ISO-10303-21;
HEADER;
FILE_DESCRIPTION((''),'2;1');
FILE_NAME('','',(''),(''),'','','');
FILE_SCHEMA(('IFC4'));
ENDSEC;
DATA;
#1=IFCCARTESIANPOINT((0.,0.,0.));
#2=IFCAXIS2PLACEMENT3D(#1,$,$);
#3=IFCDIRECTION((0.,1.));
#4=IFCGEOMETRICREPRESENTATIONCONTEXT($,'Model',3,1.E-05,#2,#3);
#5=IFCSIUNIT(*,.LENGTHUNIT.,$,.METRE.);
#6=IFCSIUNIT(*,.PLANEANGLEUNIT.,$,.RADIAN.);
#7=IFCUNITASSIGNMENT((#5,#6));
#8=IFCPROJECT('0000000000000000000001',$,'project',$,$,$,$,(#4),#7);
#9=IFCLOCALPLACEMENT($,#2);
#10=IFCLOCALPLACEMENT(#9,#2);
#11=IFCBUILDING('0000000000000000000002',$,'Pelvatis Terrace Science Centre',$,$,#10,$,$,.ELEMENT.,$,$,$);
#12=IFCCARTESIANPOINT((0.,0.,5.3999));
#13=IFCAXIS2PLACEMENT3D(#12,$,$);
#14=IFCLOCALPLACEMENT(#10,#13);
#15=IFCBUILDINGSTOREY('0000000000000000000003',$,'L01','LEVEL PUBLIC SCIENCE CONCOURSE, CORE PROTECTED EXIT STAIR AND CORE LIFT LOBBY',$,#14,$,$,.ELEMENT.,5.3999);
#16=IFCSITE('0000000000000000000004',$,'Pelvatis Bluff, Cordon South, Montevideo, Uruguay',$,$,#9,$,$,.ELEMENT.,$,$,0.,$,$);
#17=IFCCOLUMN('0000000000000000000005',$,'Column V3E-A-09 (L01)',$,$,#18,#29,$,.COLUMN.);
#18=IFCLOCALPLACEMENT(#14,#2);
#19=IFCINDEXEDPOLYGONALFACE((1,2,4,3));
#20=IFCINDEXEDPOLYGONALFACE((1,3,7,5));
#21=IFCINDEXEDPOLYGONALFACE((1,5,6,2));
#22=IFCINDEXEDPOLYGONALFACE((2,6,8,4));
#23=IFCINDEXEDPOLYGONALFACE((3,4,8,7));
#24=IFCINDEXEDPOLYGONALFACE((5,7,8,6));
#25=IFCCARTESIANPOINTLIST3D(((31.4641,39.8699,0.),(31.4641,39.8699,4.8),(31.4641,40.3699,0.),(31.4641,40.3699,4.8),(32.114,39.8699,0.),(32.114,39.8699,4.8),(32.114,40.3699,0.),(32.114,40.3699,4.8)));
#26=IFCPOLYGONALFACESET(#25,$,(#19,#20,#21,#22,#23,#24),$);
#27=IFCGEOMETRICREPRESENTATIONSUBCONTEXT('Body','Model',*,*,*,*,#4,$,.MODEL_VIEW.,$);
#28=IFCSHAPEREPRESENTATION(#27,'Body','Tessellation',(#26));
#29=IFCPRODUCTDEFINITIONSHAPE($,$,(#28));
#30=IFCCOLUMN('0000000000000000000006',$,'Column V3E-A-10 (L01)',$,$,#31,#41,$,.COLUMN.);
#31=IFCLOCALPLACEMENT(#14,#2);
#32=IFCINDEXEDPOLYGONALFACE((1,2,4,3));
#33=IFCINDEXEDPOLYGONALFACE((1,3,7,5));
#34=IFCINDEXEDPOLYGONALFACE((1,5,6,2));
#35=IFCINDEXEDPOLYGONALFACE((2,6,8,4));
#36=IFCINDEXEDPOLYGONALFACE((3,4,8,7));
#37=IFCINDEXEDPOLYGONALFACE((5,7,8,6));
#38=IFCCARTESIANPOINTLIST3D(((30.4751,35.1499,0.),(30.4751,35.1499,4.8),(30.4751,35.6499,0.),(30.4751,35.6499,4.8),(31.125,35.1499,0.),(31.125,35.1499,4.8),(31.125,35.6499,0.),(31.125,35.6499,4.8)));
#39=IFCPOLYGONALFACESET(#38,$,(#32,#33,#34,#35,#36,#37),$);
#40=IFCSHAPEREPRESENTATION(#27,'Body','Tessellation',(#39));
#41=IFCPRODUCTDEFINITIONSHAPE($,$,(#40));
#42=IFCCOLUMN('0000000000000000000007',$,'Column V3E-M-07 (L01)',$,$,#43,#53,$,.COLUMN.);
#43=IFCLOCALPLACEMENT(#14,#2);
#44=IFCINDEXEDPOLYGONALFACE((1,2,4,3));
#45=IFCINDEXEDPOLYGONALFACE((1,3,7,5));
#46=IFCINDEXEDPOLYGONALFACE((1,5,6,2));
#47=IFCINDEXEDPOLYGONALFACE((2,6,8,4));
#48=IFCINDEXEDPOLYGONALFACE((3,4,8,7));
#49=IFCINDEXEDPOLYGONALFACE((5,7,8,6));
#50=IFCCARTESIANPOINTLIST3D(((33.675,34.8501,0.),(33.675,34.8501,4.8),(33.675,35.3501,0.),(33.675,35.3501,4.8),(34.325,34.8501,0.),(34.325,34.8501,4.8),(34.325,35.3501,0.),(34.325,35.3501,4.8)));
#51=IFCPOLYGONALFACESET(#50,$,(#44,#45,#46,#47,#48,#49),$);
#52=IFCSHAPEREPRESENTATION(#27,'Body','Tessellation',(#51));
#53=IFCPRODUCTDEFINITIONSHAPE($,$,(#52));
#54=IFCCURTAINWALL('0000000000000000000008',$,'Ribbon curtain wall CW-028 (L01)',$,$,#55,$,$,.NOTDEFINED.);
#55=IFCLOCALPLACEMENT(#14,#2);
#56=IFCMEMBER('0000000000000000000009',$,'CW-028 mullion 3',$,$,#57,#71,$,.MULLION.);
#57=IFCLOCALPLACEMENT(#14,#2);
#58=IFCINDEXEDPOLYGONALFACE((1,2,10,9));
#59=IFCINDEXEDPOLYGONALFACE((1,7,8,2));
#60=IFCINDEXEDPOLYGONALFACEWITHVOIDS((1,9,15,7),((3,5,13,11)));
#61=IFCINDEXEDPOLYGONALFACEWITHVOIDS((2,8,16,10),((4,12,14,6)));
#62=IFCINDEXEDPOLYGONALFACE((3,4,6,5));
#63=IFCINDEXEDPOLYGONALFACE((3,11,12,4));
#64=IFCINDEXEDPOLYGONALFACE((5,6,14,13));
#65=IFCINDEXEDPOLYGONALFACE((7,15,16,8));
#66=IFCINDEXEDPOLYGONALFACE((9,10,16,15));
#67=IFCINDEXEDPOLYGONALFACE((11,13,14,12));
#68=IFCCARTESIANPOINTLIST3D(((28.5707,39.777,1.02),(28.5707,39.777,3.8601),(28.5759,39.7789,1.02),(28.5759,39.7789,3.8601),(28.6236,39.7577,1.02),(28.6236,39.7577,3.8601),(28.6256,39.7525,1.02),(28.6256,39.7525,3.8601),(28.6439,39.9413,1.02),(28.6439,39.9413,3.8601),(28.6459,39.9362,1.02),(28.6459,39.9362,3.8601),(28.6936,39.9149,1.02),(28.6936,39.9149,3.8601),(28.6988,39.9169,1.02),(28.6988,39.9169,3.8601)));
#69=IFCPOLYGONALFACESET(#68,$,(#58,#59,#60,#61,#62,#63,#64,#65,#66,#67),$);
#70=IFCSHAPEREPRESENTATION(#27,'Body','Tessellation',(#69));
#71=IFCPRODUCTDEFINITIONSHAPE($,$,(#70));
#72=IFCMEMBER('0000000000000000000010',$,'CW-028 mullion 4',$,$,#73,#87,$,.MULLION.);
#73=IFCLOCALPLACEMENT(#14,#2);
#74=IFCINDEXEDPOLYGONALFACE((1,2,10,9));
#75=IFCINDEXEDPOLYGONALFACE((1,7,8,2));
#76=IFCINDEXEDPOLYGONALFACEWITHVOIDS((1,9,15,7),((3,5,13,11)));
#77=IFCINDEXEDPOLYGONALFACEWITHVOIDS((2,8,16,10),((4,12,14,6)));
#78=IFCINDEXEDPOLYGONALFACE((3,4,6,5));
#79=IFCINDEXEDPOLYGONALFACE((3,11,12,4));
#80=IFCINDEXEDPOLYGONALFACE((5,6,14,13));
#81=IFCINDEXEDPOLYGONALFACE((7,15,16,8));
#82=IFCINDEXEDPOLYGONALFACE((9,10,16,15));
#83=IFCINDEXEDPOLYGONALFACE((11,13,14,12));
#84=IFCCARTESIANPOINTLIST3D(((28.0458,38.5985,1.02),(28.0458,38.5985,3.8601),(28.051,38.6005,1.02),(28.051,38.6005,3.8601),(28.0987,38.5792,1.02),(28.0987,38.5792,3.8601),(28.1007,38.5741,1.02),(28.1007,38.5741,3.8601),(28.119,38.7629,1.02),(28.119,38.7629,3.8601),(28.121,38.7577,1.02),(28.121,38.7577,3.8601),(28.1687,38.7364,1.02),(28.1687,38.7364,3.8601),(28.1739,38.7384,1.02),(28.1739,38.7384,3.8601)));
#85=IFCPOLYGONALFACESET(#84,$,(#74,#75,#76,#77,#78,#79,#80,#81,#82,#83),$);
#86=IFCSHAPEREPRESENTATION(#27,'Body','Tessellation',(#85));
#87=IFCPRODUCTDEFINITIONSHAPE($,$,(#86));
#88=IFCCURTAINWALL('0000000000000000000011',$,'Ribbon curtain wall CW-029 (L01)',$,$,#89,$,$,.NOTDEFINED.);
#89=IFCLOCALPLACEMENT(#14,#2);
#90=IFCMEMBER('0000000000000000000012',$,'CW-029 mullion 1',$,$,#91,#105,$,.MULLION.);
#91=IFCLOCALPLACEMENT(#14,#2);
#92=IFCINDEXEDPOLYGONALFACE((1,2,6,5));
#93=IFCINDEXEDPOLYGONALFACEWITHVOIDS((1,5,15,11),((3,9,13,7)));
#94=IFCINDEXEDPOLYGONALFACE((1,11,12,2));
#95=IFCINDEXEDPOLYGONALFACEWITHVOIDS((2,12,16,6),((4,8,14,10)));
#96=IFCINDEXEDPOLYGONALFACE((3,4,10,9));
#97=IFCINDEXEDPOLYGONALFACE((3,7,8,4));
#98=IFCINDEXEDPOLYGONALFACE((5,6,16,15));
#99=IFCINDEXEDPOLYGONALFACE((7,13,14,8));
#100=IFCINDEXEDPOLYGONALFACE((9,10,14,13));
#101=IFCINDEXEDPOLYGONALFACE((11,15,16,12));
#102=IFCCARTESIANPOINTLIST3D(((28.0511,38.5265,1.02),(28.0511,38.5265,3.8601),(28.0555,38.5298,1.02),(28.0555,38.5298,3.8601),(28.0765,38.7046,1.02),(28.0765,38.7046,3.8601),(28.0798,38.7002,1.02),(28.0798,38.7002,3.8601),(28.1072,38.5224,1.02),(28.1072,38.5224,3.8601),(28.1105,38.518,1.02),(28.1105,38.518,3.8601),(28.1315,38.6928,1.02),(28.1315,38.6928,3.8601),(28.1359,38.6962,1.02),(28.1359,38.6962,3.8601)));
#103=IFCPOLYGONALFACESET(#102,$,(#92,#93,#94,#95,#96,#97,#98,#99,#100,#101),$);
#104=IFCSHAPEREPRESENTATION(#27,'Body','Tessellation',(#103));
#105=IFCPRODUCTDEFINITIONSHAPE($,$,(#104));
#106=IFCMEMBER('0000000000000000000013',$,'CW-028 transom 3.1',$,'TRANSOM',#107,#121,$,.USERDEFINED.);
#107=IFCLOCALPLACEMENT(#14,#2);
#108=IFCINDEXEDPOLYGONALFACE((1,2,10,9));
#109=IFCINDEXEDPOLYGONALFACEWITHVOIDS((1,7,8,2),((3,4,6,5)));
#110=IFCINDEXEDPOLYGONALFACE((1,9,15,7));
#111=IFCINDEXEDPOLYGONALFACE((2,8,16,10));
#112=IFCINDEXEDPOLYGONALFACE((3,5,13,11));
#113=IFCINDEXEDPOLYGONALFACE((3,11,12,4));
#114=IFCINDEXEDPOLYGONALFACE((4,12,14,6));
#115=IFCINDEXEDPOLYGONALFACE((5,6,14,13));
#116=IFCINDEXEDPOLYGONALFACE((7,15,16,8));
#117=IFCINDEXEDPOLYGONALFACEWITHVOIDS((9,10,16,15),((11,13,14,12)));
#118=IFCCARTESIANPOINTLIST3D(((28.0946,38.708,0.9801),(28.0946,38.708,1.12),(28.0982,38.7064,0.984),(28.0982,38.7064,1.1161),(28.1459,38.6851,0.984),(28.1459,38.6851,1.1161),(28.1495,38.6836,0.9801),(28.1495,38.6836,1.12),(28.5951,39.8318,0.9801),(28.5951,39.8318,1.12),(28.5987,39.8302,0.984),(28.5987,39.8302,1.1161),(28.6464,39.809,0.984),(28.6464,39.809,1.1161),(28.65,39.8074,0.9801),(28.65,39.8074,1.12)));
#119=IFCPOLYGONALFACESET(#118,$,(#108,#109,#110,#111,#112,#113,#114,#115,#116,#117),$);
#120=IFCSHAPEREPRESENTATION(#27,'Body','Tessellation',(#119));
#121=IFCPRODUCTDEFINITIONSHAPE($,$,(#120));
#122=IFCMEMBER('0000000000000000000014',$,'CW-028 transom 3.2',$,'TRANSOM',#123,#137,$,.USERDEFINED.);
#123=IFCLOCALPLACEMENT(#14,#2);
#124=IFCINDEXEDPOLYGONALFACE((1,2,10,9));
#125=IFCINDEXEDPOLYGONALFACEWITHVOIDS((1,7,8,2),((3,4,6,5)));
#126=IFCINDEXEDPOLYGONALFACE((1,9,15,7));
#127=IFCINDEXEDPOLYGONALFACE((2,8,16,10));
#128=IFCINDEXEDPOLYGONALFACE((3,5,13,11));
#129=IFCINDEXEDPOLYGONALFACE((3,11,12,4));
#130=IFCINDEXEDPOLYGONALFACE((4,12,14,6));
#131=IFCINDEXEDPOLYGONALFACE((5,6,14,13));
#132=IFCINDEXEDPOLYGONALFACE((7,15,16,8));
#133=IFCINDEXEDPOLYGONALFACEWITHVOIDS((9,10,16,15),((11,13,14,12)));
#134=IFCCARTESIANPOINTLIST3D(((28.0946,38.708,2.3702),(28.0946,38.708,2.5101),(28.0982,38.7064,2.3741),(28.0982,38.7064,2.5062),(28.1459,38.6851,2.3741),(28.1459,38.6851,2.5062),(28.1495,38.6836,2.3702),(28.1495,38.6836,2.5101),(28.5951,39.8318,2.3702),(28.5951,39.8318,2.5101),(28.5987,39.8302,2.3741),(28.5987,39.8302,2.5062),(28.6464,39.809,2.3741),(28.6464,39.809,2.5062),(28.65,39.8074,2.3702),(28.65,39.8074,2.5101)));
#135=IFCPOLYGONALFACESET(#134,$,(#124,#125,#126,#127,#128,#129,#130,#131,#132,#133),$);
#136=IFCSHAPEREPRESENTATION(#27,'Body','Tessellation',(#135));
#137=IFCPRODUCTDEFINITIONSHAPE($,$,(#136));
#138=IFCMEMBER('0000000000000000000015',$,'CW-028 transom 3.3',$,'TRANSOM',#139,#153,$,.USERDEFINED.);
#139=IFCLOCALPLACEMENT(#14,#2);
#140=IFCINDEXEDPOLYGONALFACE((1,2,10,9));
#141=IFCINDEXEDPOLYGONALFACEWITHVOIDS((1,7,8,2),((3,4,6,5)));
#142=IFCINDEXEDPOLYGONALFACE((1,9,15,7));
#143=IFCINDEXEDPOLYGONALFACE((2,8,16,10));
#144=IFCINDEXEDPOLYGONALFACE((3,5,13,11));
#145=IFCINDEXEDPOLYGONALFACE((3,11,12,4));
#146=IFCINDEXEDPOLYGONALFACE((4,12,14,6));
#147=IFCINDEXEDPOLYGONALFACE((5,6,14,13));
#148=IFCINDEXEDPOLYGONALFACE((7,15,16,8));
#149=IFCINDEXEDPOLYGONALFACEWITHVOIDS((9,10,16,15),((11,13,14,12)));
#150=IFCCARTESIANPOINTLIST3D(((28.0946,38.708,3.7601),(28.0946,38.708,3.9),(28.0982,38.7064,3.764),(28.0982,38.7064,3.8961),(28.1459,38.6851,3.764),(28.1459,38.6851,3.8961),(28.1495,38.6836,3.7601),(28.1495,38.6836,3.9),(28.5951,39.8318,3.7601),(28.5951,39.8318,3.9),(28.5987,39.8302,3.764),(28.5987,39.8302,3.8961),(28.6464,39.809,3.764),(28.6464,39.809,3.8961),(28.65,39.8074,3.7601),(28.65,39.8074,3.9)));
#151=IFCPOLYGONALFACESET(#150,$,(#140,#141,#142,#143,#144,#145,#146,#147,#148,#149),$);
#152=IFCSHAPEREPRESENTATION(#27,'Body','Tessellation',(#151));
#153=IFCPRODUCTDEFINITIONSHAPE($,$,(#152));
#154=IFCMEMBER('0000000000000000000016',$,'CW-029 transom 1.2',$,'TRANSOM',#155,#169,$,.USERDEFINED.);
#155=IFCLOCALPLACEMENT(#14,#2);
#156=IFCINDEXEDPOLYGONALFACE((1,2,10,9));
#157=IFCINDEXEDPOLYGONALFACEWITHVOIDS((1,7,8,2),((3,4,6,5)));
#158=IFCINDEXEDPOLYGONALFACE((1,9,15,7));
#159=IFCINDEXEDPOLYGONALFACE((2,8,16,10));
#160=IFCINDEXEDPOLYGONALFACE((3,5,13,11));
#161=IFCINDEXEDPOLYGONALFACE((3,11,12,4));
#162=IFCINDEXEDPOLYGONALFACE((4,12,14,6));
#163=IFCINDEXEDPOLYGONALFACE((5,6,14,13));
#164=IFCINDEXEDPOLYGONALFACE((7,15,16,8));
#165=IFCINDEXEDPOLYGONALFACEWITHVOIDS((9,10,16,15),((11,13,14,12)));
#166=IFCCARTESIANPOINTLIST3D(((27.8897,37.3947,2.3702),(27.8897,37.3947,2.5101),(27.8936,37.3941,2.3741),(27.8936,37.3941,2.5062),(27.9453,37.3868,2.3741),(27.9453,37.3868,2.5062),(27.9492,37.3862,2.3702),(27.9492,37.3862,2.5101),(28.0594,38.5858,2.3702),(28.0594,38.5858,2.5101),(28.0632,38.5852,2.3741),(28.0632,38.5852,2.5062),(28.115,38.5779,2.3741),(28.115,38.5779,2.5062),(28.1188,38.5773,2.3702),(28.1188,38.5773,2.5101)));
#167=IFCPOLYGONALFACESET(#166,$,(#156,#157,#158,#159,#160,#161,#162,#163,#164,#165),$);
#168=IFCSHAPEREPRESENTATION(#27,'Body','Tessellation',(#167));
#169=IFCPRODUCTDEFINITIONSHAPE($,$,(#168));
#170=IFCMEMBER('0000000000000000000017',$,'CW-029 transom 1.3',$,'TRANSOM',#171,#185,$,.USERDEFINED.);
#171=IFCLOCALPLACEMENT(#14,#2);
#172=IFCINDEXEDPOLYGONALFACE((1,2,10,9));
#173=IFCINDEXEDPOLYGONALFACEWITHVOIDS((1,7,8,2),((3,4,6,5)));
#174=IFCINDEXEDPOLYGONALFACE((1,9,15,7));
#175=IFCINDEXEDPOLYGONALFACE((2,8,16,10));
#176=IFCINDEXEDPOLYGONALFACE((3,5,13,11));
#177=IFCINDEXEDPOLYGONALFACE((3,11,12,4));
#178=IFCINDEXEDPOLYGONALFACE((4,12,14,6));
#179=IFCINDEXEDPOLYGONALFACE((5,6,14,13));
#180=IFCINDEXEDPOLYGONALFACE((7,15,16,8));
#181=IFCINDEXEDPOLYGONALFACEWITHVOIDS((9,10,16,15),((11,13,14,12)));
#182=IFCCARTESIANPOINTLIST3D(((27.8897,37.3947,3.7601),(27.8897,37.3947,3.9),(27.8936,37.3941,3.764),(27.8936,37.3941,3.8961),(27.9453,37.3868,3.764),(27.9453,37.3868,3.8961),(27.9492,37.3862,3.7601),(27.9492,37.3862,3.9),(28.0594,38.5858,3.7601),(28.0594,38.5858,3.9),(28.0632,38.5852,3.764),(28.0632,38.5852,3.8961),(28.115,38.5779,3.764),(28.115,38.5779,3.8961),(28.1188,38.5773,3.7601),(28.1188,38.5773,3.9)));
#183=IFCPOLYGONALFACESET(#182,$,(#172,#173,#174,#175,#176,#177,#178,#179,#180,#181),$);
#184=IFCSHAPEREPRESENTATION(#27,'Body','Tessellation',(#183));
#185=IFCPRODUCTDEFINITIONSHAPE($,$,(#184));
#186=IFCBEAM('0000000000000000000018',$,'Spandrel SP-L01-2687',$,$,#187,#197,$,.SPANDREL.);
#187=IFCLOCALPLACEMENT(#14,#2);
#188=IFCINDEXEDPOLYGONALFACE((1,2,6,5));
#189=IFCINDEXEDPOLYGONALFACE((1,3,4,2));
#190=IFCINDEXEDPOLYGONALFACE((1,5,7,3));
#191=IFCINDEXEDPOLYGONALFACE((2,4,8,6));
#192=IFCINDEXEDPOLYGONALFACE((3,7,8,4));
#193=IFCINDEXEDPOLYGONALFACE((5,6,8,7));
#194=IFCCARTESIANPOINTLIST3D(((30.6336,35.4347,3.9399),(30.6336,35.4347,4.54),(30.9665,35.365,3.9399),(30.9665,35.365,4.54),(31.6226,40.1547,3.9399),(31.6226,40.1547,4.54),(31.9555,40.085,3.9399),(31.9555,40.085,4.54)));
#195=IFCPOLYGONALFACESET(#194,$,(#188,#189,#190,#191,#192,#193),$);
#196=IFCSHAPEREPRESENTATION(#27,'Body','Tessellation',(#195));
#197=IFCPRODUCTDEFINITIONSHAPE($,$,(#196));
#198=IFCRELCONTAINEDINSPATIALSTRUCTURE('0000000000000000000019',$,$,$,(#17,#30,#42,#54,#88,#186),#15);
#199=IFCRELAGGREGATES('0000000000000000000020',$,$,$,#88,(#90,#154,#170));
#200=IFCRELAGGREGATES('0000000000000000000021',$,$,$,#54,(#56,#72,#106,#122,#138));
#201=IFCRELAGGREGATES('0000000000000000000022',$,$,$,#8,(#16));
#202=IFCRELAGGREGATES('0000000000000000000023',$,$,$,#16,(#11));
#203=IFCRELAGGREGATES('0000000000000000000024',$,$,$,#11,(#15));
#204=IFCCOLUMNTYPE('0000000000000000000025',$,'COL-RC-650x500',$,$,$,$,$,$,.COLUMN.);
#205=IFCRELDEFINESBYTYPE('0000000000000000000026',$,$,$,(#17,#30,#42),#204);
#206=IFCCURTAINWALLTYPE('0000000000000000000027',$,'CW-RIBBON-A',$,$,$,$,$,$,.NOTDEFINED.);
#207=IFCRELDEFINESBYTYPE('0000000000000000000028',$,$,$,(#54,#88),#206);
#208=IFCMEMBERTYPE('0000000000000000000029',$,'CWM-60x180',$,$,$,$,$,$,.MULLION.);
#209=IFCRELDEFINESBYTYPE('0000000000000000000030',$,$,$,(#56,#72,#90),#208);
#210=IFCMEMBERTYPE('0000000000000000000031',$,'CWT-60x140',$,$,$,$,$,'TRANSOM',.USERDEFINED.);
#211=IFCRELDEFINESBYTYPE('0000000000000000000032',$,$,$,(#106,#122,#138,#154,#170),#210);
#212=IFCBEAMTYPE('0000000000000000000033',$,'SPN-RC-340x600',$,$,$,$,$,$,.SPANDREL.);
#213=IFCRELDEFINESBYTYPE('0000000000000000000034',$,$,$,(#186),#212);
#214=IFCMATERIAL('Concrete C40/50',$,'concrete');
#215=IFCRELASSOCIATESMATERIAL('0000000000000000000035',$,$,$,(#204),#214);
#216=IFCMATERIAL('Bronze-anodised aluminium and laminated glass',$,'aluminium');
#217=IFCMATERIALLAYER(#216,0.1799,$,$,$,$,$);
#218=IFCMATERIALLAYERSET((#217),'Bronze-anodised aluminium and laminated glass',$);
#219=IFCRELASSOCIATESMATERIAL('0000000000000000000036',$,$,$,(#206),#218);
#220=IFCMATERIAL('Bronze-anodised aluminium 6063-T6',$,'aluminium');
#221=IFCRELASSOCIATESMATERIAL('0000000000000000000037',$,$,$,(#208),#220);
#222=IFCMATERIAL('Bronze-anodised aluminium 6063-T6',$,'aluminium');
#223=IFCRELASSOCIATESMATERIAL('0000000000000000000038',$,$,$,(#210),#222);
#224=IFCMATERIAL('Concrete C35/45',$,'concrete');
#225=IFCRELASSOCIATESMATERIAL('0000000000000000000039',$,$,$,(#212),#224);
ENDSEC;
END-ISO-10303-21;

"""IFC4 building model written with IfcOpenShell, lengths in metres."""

from ifc_helpers import new_model, si_unit, direction, frame, origin, origin_2d, place, context, subcontext, project, spatial, rectangle, hollow_rectangle, extrude, material, layer, layer_set, material_profile, profile_set, type_object, element, aggregate, save


model = new_model("IFC4")

# Units and contexts
model_context = context("Model", 3, precision=1e-05, world=origin(), true_north=direction((0.0, 1.0)))
body_context = subcontext(model_context, "Body", "Model", "MODEL_VIEW")
ifc_project = project(units=[si_unit("LENGTHUNIT", "METRE"), si_unit("PLANEANGLEUNIT", "RADIAN")], contexts=[model_context])

# Site, building, storey
site_placement = place(None, origin())
site = spatial("IfcSite", under=ifc_project, at=site_placement, Name="Pelvatis Bluff, Cordon South, Montevideo, Uruguay", CompositionType="ELEMENT", RefElevation=0.0)
building_placement = place(site_placement, origin())
building = spatial("IfcBuilding", under=site, at=building_placement, Name="Pelvatis Terrace Science Centre", CompositionType="ELEMENT")
storey_placement = place(building_placement, frame((0.0, 0.0, 5.3999)))
storey = spatial("IfcBuildingStorey", under=building, at=storey_placement, Name="L01", Description="LEVEL PUBLIC SCIENCE CONCOURSE, CORE PROTECTED EXIT STAIR AND CORE LIFT LOBBY", CompositionType="ELEMENT", Elevation=5.3999)

# Columns
ifc_material_1 = material(Name="Concrete C40/50", Category="concrete")
ifc_material_profile_1 = material_profile(ifc_material_1, rectangle(XDim=0.6499, YDim=0.5, at=origin_2d()), Name="RC-COL 650x500")
ifc_profile_set_1 = profile_set([ifc_material_profile_1], Name="Concrete C40/50")
column_type = type_object("IfcColumnType", Name="COL-RC-650x500", PredefinedType="COLUMN", material=ifc_profile_set_1)
for number, where, z_axis, x_axis, name in (
    (1, (31.7891, 40.1199, 0.0), (0.0, 0.0, 1.0), (1.0, 0.0, 0.0), "Column V3E-A-09 (L01)"),
    (2, (30.8, 35.3999, 0.0), (0.0, 0.0, 1.0), (1.0, 0.0, 0.0), "Column V3E-A-10 (L01)"),
    (3, (34.0, 35.1001, 0.0), (0.0, 0.0, 1.0), (1.0, 0.0, 0.0), "Column V3E-M-07 (L01)"),
):
    element("IfcColumn", number, at=place(storey_placement, frame(where, z_axis=z_axis, x_axis=x_axis)), inside=storey, type_object=column_type, Name=name, PredefinedType="COLUMN", context=body_context, shape_type="SweptSolid", body=[
        extrude(rectangle(XDim=0.6499, YDim=0.5, at=origin_2d()), origin(), (0.0, 0.0, 1.0), 4.8),
    ])

# Curtain wall, members
ifc_material_2 = material(Name="Bronze-anodised aluminium and laminated glass", Category="aluminium")
ifc_layer_1 = layer(ifc_material_2, 0.1799)
ifc_layer_set_1 = layer_set([ifc_layer_1], Name="Bronze-anodised aluminium and laminated glass")
curtain_wall_type = type_object("IfcCurtainWallType", Name="CW-RIBBON-A", PredefinedType="NOTDEFINED", material=ifc_layer_set_1)
curtain_wall_1_placement = place(storey_placement, origin())
curtain_wall_1 = element("IfcCurtainWall", 4, at=curtain_wall_1_placement, inside=storey, type_object=curtain_wall_type, Name="Ribbon curtain wall CW-028 (L01)", PredefinedType="NOTDEFINED")
ifc_material_3 = material(Name="Bronze-anodised aluminium 6063-T6", Category="aluminium")
ifc_material_profile_2 = material_profile(ifc_material_3, hollow_rectangle(XDim=0.0601, YDim=0.1799, WallThickness=0.0039, at=origin_2d()), Name="ALU-MUL 60x180")
ifc_profile_set_2 = profile_set([ifc_material_profile_2], Name="Bronze-anodised aluminium 6063-T6")
member_type_1 = type_object("IfcMemberType", Name="CWM-60x180", PredefinedType="MULLION", material=ifc_profile_set_2)
member_1_placement = place(storey_placement, frame((28.6348, 39.8469, 1.02), z_axis=(0.0, 0.0, 1.0), x_axis=(0.913475, -0.406895, 0.0)))
member_1 = element("IfcMember", 5, at=member_1_placement, type_object=member_type_1, Name="CW-028 mullion 3", PredefinedType="MULLION", context=body_context, shape_type="SweptSolid", body=[
    extrude(hollow_rectangle(XDim=0.0601, YDim=0.1799, WallThickness=0.0039, at=origin_2d()), origin(), (0.0, 0.0, 1.0), 2.8401),
])
member_2_placement = place(storey_placement, frame((28.1099, 38.6685, 1.02), z_axis=(0.0, 0.0, 1.0), x_axis=(0.913475, -0.406895, 0.0)))
member_2 = element("IfcMember", 6, at=member_2_placement, type_object=member_type_1, Name="CW-028 mullion 4", PredefinedType="MULLION", context=body_context, shape_type="SweptSolid", body=[
    extrude(hollow_rectangle(XDim=0.0601, YDim=0.1799, WallThickness=0.0039, at=origin_2d()), origin(), (0.0, 0.0, 1.0), 2.8401),
])

# Curtain wall, member
curtain_wall_2_placement = place(storey_placement, origin())
curtain_wall_2 = element("IfcCurtainWall", 7, at=curtain_wall_2_placement, inside=storey, type_object=curtain_wall_type, Name="Ribbon curtain wall CW-029 (L01)", PredefinedType="NOTDEFINED")
member_3_placement = place(storey_placement, frame((28.0935, 38.6113, 1.02), z_axis=(0.0, 0.0, 1.0), x_axis=(0.989986, -0.141165, 0.0)))
member_3 = element("IfcMember", 8, at=member_3_placement, type_object=member_type_1, Name="CW-029 mullion 1", PredefinedType="MULLION", context=body_context, shape_type="SweptSolid", body=[
    extrude(hollow_rectangle(XDim=0.0601, YDim=0.1799, WallThickness=0.0039, at=origin_2d()), origin(), (0.0, 0.0, 1.0), 2.8401),
])

# Members
ifc_material_4 = material(Name="Bronze-anodised aluminium 6063-T6", Category="aluminium")
ifc_material_profile_3 = material_profile(ifc_material_4, hollow_rectangle(XDim=0.0601, YDim=0.1399, WallThickness=0.0039, at=origin_2d()), Name="ALU-TRN 60x140")
ifc_profile_set_3 = profile_set([ifc_material_profile_3], Name="Bronze-anodised aluminium 6063-T6")
member_type_2 = type_object("IfcMemberType", Name="CWT-60x140", ElementType="TRANSOM", PredefinedType="USERDEFINED", material=ifc_profile_set_3)
member_4_placement = place(storey_placement, frame((28.6226, 39.8196, 1.05), z_axis=(-0.406838, -0.9135, 0.0), x_axis=(0.9135, -0.406838, 0.0)))
member_4 = element("IfcMember", 9, at=member_4_placement, type_object=member_type_2, Name="CW-028 transom 3.1", ObjectType="TRANSOM", PredefinedType="USERDEFINED", context=body_context, shape_type="SweptSolid", body=[
    extrude(hollow_rectangle(XDim=0.0601, YDim=0.1399, WallThickness=0.0039, at=origin_2d()), origin(), (0.0, 0.0, 1.0), 1.2302),
])
member_5_placement = place(storey_placement, frame((28.6226, 39.8196, 2.4402), z_axis=(-0.406838, -0.9135, 0.0), x_axis=(0.9135, -0.406838, 0.0)))
member_5 = element("IfcMember", 10, at=member_5_placement, type_object=member_type_2, Name="CW-028 transom 3.2", ObjectType="TRANSOM", PredefinedType="USERDEFINED", context=body_context, shape_type="SweptSolid", body=[
    extrude(hollow_rectangle(XDim=0.0601, YDim=0.1399, WallThickness=0.0039, at=origin_2d()), origin(), (0.0, 0.0, 1.0), 1.2302),
])
member_6_placement = place(storey_placement, frame((28.6226, 39.8196, 3.8301), z_axis=(-0.406838, -0.9135, 0.0), x_axis=(0.9135, -0.406838, 0.0)))
member_6 = element("IfcMember", 11, at=member_6_placement, type_object=member_type_2, Name="CW-028 transom 3.3", ObjectType="TRANSOM", PredefinedType="USERDEFINED", context=body_context, shape_type="SweptSolid", body=[
    extrude(hollow_rectangle(XDim=0.0601, YDim=0.1399, WallThickness=0.0039, at=origin_2d()), origin(), (0.0, 0.0, 1.0), 1.2302),
])
member_7_placement = place(storey_placement, frame((28.0891, 38.5815, 2.4402), z_axis=(-0.141024, -0.990006, 0.0), x_axis=(0.990006, -0.141024, 0.0)))
member_7 = element("IfcMember", 12, at=member_7_placement, type_object=member_type_2, Name="CW-029 transom 1.2", ObjectType="TRANSOM", PredefinedType="USERDEFINED", context=body_context, shape_type="SweptSolid", body=[
    extrude(hollow_rectangle(XDim=0.0601, YDim=0.1399, WallThickness=0.0039, at=origin_2d()), origin(), (0.0, 0.0, 1.0), 1.2031),
])
member_8_placement = place(storey_placement, frame((28.0891, 38.5815, 3.8301), z_axis=(-0.141024, -0.990006, 0.0), x_axis=(0.990006, -0.141024, 0.0)))
member_8 = element("IfcMember", 13, at=member_8_placement, type_object=member_type_2, Name="CW-029 transom 1.3", ObjectType="TRANSOM", PredefinedType="USERDEFINED", context=body_context, shape_type="SweptSolid", body=[
    extrude(hollow_rectangle(XDim=0.0601, YDim=0.1399, WallThickness=0.0039, at=origin_2d()), origin(), (0.0, 0.0, 1.0), 1.2031),
])
aggregate(curtain_wall_2, [member_3, member_7, member_8])

# Beam
ifc_material_5 = material(Name="Concrete C35/45", Category="concrete")
ifc_material_profile_4 = material_profile(ifc_material_5, rectangle(XDim=0.3401, YDim=0.6001, at=origin_2d()), Name="RC-SPN 340x600")
ifc_profile_set_4 = profile_set([ifc_material_profile_4], Name="Concrete C35/45")
beam_type = type_object("IfcBeamType", Name="SPN-RC-340x600", PredefinedType="SPANDREL", material=ifc_profile_set_4)
beam_1_placement = place(storey_placement, frame((31.7891, 40.1199, 4.24), z_axis=(-0.205084, -0.978744, 0.0), x_axis=(0.978744, -0.205084, 0.0)))
element("IfcBeam", 14, at=beam_1_placement, inside=storey, type_object=beam_type, Name="Spandrel SP-L01-2687", PredefinedType="SPANDREL", context=body_context, shape_type="SweptSolid", body=[
    extrude(rectangle(XDim=0.3401, YDim=0.6001, at=origin_2d()), origin(), (0.0, 0.0, 1.0), 4.8225),
])

aggregate(curtain_wall_1, [member_1, member_2, member_4, member_5, member_6])

save(model, "model.ifc")
